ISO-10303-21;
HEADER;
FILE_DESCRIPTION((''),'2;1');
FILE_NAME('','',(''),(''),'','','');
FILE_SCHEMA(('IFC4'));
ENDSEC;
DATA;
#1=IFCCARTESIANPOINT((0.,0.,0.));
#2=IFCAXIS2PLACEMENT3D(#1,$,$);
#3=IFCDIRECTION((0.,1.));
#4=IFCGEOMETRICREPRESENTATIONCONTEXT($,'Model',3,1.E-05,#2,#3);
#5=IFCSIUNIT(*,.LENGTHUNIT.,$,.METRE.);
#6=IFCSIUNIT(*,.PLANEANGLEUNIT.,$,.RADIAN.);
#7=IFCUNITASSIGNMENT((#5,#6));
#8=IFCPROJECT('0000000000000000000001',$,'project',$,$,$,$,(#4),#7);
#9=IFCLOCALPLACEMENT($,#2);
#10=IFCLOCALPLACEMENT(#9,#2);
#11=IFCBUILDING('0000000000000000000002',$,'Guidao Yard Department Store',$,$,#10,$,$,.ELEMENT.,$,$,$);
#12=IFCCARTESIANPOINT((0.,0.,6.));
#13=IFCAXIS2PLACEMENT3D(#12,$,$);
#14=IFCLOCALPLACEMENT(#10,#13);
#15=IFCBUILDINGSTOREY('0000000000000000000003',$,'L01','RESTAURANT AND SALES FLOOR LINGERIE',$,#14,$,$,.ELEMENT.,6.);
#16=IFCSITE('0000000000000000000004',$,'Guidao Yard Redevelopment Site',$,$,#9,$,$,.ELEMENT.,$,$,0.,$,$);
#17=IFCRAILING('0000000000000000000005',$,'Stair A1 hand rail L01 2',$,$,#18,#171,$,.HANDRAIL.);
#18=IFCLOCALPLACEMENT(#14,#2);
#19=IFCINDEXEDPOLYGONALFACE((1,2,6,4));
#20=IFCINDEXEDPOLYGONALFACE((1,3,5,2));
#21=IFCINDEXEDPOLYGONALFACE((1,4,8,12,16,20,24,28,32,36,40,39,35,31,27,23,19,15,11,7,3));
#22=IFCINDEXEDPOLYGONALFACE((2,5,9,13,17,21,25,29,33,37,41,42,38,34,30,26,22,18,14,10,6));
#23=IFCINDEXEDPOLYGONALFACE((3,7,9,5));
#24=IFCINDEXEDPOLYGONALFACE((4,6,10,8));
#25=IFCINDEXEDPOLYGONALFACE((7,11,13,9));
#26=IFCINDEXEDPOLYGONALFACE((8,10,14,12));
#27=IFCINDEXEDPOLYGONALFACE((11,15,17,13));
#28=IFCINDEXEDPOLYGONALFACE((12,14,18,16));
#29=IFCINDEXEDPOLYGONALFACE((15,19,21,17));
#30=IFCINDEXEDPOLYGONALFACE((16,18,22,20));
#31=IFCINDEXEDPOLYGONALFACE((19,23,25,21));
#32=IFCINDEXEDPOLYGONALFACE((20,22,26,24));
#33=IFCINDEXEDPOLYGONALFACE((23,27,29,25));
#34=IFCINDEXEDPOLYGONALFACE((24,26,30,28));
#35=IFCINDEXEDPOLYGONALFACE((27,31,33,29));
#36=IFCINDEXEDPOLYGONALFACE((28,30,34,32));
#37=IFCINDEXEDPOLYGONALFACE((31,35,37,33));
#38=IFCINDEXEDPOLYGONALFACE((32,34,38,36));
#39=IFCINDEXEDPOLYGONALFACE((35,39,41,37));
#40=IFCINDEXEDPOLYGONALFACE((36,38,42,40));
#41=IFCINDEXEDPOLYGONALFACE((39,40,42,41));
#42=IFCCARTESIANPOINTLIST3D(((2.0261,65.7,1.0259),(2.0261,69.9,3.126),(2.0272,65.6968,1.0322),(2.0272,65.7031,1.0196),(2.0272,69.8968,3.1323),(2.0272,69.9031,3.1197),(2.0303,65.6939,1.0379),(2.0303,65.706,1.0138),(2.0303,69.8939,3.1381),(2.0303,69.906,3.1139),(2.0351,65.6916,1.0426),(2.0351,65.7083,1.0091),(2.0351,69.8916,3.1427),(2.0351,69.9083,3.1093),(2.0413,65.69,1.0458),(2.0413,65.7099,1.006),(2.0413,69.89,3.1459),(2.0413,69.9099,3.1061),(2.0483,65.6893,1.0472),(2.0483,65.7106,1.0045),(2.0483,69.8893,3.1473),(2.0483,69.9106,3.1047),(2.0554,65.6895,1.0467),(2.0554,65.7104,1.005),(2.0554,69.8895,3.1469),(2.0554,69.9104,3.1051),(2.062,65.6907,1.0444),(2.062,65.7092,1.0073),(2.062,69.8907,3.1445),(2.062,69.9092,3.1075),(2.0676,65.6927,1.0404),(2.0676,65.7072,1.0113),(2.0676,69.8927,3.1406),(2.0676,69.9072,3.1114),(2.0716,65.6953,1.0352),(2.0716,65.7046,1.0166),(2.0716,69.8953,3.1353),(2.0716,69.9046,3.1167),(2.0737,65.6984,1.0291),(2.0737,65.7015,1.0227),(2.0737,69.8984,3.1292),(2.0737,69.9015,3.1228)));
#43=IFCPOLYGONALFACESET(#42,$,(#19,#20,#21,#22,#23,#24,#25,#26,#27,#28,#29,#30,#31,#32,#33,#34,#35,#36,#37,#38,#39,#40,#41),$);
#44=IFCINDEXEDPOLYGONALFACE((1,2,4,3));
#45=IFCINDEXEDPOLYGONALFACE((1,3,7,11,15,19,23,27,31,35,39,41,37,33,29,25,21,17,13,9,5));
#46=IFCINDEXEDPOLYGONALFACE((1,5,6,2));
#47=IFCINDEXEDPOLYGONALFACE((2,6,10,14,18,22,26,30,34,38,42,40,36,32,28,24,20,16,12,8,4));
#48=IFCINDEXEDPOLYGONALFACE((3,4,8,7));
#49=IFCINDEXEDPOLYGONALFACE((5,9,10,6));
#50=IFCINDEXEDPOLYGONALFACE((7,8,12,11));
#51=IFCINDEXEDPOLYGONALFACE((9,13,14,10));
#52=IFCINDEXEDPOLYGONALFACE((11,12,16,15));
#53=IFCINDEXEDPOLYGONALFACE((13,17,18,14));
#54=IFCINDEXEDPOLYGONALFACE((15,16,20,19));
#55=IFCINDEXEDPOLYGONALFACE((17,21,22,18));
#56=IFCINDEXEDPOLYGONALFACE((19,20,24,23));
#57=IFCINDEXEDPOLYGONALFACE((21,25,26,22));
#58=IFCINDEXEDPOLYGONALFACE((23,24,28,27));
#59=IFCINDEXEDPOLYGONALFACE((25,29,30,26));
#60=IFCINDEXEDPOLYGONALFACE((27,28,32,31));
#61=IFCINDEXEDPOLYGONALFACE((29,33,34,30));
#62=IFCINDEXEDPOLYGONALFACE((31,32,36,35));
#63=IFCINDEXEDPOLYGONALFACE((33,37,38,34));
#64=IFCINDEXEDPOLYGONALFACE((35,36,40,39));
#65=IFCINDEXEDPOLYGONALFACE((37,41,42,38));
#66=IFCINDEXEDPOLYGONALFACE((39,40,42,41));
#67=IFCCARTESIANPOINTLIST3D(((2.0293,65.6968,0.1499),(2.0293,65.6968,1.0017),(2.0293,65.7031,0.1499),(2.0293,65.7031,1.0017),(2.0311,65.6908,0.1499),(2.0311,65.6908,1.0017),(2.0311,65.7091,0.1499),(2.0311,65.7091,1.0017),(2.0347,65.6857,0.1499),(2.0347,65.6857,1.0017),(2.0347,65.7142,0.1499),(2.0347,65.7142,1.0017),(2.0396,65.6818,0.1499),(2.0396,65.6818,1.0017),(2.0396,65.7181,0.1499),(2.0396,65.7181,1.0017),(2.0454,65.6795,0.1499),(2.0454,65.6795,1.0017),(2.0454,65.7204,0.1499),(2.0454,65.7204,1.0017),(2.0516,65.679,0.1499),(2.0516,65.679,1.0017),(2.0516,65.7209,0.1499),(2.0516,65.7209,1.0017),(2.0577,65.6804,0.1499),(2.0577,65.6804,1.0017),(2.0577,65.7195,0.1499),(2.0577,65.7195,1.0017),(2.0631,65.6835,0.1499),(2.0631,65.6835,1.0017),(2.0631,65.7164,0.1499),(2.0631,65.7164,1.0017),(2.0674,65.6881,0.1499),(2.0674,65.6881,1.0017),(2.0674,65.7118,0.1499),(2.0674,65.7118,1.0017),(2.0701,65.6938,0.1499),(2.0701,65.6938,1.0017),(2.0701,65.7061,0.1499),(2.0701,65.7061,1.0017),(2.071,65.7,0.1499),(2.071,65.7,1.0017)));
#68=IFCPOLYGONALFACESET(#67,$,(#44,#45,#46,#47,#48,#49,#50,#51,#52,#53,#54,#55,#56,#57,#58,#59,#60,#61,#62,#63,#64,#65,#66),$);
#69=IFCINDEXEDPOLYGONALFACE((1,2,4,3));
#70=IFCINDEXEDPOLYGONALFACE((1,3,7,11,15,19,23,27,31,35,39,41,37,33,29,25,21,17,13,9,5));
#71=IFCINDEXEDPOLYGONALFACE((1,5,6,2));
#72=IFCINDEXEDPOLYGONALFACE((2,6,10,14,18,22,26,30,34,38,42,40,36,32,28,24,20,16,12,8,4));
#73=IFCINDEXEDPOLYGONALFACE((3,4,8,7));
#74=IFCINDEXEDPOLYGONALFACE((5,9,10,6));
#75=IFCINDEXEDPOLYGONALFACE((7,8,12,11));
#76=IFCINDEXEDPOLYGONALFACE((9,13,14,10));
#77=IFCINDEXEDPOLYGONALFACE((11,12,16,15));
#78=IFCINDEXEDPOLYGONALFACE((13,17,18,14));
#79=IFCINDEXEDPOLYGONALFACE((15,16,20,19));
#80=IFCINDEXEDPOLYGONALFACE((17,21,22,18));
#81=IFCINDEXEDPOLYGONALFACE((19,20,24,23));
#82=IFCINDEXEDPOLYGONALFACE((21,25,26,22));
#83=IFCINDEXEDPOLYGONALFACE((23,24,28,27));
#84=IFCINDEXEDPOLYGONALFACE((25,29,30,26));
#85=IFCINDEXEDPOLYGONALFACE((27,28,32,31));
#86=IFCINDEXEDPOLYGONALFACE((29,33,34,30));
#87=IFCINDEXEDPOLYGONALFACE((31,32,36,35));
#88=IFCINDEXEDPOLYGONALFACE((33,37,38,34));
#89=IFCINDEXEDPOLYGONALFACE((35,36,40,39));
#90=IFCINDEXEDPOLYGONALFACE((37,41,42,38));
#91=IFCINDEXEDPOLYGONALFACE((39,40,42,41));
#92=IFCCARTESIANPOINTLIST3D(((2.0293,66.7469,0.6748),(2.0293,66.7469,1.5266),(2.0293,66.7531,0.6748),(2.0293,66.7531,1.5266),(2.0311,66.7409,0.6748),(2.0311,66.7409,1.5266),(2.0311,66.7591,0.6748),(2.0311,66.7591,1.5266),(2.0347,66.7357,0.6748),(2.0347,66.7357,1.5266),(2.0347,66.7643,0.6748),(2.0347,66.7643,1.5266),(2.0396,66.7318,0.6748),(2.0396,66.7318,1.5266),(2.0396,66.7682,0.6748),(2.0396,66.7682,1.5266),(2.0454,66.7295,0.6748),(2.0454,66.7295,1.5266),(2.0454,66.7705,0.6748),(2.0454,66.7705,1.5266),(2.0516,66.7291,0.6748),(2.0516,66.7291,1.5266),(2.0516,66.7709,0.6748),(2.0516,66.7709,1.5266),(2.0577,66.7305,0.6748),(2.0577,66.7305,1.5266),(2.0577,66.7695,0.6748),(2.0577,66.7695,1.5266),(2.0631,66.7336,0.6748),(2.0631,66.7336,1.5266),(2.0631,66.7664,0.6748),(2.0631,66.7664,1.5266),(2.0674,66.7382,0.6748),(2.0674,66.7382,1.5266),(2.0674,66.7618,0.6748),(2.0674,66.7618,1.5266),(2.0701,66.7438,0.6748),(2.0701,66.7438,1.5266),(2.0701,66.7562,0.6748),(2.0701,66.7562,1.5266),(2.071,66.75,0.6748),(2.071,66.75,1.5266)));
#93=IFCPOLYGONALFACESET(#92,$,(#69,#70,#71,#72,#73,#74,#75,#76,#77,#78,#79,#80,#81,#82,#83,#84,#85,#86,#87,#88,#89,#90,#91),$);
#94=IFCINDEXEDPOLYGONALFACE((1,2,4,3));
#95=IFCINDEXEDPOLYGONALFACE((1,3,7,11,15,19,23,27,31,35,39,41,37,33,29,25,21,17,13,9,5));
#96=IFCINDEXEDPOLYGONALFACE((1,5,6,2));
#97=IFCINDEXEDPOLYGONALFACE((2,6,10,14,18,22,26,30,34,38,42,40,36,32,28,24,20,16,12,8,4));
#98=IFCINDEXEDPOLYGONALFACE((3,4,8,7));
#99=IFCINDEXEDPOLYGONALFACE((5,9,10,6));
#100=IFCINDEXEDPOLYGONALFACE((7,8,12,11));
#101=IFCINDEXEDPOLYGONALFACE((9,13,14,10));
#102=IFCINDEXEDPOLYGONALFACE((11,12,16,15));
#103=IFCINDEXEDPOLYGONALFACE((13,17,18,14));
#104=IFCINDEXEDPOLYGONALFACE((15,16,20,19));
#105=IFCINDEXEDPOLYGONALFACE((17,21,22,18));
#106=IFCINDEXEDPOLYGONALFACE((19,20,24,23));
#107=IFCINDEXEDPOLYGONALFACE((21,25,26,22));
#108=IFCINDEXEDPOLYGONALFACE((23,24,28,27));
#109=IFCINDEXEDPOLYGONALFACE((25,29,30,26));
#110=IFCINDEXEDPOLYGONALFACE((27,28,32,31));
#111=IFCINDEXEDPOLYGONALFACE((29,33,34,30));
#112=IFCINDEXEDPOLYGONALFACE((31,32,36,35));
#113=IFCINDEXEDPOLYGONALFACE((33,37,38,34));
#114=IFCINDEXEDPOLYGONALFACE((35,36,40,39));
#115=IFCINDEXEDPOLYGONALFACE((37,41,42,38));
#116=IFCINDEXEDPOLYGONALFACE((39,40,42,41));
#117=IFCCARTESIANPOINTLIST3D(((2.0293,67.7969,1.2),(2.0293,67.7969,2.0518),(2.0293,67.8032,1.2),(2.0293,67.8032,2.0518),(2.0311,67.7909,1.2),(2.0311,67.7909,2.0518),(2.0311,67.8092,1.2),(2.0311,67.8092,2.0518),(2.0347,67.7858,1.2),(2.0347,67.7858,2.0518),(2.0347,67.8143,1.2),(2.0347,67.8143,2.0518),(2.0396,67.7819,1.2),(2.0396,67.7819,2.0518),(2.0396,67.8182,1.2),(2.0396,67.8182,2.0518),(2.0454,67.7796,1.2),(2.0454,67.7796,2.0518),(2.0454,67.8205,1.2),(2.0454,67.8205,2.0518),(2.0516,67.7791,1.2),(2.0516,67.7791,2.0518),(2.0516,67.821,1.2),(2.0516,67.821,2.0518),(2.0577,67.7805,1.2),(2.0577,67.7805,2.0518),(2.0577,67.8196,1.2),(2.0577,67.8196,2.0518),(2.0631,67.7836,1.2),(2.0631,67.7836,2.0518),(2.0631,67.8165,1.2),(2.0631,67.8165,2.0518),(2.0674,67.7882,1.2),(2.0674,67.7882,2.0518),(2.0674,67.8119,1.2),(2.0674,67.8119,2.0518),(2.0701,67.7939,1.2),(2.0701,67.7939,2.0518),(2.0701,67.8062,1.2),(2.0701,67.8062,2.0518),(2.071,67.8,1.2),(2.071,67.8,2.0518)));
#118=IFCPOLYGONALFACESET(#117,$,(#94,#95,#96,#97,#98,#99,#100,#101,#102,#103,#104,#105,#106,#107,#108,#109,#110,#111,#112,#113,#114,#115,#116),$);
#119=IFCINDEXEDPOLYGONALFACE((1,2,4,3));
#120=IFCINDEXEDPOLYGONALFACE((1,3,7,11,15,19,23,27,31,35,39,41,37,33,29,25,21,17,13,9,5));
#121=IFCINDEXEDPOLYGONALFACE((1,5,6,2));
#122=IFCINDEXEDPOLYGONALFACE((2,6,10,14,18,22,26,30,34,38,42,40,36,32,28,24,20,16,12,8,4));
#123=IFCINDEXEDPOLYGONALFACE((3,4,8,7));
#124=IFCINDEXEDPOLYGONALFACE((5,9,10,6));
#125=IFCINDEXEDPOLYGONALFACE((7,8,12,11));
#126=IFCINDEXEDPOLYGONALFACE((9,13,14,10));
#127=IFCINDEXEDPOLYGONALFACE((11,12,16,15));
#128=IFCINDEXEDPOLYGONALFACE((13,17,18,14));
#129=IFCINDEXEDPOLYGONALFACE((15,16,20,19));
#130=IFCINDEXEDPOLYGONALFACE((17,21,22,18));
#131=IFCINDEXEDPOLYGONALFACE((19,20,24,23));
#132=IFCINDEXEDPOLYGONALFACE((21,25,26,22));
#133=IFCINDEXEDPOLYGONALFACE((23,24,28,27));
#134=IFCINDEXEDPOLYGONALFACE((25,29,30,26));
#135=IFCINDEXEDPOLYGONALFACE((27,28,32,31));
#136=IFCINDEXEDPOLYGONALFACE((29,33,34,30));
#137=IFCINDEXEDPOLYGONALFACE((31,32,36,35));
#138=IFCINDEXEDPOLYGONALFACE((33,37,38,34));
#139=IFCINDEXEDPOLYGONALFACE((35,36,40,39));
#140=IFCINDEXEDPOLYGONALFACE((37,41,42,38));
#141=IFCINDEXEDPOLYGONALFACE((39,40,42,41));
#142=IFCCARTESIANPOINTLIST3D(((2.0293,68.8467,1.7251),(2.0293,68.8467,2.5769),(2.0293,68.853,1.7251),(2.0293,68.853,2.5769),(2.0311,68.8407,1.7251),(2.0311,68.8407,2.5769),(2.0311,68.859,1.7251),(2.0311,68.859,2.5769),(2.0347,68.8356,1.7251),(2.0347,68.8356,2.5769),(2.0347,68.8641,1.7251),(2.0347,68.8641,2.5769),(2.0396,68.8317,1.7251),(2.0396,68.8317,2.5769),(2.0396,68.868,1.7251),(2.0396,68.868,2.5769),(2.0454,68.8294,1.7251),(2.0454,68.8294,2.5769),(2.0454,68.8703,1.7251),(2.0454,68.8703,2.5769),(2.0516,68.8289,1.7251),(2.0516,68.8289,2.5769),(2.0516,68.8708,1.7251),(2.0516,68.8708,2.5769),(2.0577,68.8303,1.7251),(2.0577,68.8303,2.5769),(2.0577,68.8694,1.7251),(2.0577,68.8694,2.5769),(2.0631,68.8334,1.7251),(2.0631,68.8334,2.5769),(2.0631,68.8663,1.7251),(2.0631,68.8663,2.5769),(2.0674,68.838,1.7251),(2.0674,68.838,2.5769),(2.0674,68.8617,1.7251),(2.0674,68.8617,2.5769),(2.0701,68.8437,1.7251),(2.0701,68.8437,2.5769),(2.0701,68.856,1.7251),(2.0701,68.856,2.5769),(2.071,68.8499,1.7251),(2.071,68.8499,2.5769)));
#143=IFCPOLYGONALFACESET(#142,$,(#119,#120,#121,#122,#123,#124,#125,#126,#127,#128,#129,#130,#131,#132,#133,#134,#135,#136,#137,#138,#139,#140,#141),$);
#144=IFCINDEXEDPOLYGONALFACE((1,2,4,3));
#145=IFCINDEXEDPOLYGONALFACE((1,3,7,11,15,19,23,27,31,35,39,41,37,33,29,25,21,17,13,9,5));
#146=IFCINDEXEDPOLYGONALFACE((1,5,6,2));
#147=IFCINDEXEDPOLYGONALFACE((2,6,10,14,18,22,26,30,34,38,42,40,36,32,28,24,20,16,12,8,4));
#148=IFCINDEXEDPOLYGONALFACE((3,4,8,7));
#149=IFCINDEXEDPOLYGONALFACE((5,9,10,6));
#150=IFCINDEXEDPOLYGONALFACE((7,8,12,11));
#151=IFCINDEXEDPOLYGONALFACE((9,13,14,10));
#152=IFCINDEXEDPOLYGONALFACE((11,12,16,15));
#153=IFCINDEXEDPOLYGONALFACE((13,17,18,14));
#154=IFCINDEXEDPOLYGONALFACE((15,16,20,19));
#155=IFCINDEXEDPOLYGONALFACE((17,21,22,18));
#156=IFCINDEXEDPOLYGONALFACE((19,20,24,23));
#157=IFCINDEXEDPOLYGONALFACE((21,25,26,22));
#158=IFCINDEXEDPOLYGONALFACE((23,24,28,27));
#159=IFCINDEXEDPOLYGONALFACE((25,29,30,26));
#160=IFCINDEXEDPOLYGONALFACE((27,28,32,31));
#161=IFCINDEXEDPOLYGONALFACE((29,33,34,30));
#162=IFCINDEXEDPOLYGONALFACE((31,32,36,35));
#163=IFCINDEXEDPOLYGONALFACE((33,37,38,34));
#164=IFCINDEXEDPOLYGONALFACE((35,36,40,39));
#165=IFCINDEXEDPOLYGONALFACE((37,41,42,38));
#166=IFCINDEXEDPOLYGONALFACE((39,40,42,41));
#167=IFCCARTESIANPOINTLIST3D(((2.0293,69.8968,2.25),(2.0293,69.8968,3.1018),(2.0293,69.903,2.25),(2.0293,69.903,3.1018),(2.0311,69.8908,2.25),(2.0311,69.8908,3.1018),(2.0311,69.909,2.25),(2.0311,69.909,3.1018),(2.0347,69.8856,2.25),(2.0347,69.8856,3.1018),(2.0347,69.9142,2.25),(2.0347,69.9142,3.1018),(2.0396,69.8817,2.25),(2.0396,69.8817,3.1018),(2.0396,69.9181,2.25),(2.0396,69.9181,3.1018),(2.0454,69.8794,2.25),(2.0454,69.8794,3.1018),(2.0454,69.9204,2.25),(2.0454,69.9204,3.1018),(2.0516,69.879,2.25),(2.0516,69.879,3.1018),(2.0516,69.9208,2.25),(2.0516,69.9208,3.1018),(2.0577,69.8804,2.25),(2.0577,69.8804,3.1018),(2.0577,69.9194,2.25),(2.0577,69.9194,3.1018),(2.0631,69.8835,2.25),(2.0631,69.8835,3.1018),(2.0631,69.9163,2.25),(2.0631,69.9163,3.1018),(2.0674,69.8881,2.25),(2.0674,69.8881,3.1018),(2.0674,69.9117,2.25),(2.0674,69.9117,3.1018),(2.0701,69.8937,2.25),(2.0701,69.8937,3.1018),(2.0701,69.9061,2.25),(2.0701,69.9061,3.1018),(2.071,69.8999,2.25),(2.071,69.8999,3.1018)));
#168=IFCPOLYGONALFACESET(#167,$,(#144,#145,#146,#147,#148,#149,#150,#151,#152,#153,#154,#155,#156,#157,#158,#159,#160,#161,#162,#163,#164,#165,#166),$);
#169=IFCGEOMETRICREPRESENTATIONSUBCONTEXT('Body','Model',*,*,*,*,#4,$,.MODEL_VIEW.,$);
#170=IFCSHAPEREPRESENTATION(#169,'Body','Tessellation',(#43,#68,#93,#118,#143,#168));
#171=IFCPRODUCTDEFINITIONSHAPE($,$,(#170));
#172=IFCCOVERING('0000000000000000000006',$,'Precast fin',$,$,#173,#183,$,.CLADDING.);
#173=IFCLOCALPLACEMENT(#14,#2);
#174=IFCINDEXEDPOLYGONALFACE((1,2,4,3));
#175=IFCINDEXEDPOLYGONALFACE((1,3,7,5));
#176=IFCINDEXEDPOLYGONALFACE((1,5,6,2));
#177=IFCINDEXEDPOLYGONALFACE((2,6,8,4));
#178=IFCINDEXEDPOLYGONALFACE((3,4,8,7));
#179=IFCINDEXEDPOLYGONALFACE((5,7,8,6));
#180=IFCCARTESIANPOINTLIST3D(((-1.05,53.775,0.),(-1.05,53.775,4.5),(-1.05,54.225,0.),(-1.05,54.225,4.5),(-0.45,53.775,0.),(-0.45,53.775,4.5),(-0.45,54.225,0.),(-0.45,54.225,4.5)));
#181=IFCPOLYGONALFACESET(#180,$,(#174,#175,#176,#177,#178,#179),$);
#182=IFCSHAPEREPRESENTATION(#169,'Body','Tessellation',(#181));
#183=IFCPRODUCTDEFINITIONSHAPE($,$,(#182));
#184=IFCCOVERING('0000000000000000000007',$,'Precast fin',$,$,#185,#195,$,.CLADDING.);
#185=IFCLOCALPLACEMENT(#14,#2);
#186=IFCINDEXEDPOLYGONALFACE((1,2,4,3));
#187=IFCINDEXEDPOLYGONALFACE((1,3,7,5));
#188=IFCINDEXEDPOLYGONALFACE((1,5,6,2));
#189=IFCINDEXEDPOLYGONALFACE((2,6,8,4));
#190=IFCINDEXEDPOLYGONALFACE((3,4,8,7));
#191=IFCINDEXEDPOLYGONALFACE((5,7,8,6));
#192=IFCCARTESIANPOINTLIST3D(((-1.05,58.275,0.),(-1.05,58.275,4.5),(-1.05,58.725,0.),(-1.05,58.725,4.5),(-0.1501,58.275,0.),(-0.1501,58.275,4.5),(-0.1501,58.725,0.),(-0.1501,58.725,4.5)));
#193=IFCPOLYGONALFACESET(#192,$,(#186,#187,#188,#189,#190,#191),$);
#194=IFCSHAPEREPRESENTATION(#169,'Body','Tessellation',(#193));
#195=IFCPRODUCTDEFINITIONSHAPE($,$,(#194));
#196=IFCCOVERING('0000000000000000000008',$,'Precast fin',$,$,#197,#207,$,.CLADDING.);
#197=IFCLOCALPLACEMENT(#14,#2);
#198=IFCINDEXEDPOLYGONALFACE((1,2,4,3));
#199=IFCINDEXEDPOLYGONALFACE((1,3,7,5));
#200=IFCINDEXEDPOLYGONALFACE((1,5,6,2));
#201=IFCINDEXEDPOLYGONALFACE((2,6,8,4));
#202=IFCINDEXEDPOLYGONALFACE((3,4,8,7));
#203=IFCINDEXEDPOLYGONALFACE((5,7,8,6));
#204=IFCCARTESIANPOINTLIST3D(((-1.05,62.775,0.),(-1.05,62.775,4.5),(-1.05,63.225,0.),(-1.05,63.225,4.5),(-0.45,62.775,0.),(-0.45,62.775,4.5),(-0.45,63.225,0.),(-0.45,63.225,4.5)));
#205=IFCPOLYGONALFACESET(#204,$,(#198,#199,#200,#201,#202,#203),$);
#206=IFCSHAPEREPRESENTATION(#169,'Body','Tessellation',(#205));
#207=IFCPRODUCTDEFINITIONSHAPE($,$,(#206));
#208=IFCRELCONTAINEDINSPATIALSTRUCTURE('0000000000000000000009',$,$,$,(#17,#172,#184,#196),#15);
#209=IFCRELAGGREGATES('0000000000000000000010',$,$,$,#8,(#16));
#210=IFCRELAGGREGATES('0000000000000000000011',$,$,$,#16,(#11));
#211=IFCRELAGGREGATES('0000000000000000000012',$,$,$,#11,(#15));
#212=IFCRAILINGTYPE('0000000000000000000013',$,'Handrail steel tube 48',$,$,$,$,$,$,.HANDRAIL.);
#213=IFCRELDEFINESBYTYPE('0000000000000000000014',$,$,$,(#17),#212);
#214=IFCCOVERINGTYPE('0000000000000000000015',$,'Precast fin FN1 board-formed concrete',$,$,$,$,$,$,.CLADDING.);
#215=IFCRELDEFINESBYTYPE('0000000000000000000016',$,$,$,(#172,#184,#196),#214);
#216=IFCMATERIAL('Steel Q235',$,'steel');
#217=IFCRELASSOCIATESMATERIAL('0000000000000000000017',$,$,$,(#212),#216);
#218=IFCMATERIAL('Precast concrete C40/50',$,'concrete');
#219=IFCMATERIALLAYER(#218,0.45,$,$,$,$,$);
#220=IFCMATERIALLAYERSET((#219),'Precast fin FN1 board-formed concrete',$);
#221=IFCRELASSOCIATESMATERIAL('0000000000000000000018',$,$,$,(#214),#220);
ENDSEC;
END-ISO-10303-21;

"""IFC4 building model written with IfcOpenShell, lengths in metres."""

from ifc_helpers import new_model, si_unit, direction, frame, origin, origin_2d, place, context, subcontext, project, spatial, rectangle, circle, extrude, material, layer, layer_set, type_object, element, save


model = new_model("IFC4")

# Units and contexts
model_context = context("Model", 3, precision=1e-05, world=origin(), true_north=direction((0.0, 1.0)))
body_context = subcontext(model_context, "Body", "Model", "MODEL_VIEW")
ifc_project = project(units=[si_unit("LENGTHUNIT", "METRE"), si_unit("PLANEANGLEUNIT", "RADIAN")], contexts=[model_context])

# Site, building, storey
site_placement = place(None, origin())
site = spatial("IfcSite", under=ifc_project, at=site_placement, Name="Guidao Yard Redevelopment Site", CompositionType="ELEMENT", RefElevation=0.0)
building_placement = place(site_placement, origin())
building = spatial("IfcBuilding", under=site, at=building_placement, Name="Guidao Yard Department Store", CompositionType="ELEMENT")
storey_placement = place(building_placement, frame((0.0, 0.0, 6.0)))
storey = spatial("IfcBuildingStorey", under=building, at=storey_placement, Name="L01", Description="RESTAURANT AND SALES FLOOR LINGERIE", CompositionType="ELEMENT", Elevation=6.0)

# Railing
ifc_material_1 = material(Name="Steel Q235", Category="steel")
railing_type_1 = type_object("IfcRailingType", Name="Handrail steel tube 48", PredefinedType="HANDRAIL", material=ifc_material_1)
for number, where, name in (
    (1, (2.05, 65.7, 0.1499), "Stair A1 hand rail L01 2"),
):
    element("IfcRailing", number, at=place(storey_placement, frame(where)), inside=storey, type_object=railing_type_1, Name=name, PredefinedType="HANDRAIL", context=body_context, shape_type="SweptSolid", body=[
        extrude(circle(Radius=0.0239, at=origin_2d()), frame((0.0, 0.0, 0.876), z_axis=(0.0, 0.894417, 0.447234), x_axis=(-1.0, 0.0, 0.0)), (0.0, 0.0, 1.0), 4.6958),
        extrude(circle(Radius=0.021, at=origin_2d()), origin(), (0.0, 0.0, 1.0), 0.8518),
        extrude(circle(Radius=0.021, at=origin_2d()), frame((0.0, 1.05, 0.5249)), (0.0, 0.0, 1.0), 0.8518),
        extrude(circle(Radius=0.021, at=origin_2d()), frame((0.0, 2.1001, 1.05)), (0.0, 0.0, 1.0), 0.8518),
        extrude(circle(Radius=0.021, at=origin_2d()), frame((0.0, 3.1499, 1.5752)), (0.0, 0.0, 1.0), 0.8518),
        extrude(circle(Radius=0.021, at=origin_2d()), frame((0.0, 4.2, 2.1001)), (0.0, 0.0, 1.0), 0.8518),
    ])

# Coverings
ifc_material_2 = material(Name="Precast concrete C40/50", Category="concrete")
ifc_layer_1 = layer(ifc_material_2, 0.45)
ifc_layer_set_1 = layer_set([ifc_layer_1], Name="Precast fin FN1 board-formed concrete")
covering_type = type_object("IfcCoveringType", Name="Precast fin FN1 board-formed concrete", PredefinedType="CLADDING", material=ifc_layer_set_1)
covering_1_placement = place(storey_placement, frame((-0.75, 54.0, 0.0), z_axis=(0.0, 0.0, 1.0), x_axis=(0.0, 1.0, 0.0)))
element("IfcCovering", 2, at=covering_1_placement, inside=storey, type_object=covering_type, Name="Precast fin", PredefinedType="CLADDING", context=body_context, shape_type="SweptSolid", body=[
    extrude(rectangle(XDim=0.45, YDim=0.6001, at=origin_2d()), origin(), (0.0, 0.0, 1.0), 4.5),
])
covering_2_placement = place(storey_placement, frame((-0.6001, 58.5, 0.0), z_axis=(0.0, 0.0, 1.0), x_axis=(0.0, 1.0, 0.0)))
element("IfcCovering", 3, at=covering_2_placement, inside=storey, type_object=covering_type, Name="Precast fin", PredefinedType="CLADDING", context=body_context, shape_type="SweptSolid", body=[
    extrude(rectangle(XDim=0.45, YDim=0.8999, at=origin_2d()), origin(), (0.0, 0.0, 1.0), 4.5),
])
covering_3_placement = place(storey_placement, frame((-0.75, 63.0, 0.0), z_axis=(0.0, 0.0, 1.0), x_axis=(0.0, 1.0, 0.0)))
element("IfcCovering", 4, at=covering_3_placement, inside=storey, type_object=covering_type, Name="Precast fin", PredefinedType="CLADDING", context=body_context, shape_type="SweptSolid", body=[
    extrude(rectangle(XDim=0.45, YDim=0.6001, at=origin_2d()), origin(), (0.0, 0.0, 1.0), 4.5),
])

save(model, "model.ifc")
